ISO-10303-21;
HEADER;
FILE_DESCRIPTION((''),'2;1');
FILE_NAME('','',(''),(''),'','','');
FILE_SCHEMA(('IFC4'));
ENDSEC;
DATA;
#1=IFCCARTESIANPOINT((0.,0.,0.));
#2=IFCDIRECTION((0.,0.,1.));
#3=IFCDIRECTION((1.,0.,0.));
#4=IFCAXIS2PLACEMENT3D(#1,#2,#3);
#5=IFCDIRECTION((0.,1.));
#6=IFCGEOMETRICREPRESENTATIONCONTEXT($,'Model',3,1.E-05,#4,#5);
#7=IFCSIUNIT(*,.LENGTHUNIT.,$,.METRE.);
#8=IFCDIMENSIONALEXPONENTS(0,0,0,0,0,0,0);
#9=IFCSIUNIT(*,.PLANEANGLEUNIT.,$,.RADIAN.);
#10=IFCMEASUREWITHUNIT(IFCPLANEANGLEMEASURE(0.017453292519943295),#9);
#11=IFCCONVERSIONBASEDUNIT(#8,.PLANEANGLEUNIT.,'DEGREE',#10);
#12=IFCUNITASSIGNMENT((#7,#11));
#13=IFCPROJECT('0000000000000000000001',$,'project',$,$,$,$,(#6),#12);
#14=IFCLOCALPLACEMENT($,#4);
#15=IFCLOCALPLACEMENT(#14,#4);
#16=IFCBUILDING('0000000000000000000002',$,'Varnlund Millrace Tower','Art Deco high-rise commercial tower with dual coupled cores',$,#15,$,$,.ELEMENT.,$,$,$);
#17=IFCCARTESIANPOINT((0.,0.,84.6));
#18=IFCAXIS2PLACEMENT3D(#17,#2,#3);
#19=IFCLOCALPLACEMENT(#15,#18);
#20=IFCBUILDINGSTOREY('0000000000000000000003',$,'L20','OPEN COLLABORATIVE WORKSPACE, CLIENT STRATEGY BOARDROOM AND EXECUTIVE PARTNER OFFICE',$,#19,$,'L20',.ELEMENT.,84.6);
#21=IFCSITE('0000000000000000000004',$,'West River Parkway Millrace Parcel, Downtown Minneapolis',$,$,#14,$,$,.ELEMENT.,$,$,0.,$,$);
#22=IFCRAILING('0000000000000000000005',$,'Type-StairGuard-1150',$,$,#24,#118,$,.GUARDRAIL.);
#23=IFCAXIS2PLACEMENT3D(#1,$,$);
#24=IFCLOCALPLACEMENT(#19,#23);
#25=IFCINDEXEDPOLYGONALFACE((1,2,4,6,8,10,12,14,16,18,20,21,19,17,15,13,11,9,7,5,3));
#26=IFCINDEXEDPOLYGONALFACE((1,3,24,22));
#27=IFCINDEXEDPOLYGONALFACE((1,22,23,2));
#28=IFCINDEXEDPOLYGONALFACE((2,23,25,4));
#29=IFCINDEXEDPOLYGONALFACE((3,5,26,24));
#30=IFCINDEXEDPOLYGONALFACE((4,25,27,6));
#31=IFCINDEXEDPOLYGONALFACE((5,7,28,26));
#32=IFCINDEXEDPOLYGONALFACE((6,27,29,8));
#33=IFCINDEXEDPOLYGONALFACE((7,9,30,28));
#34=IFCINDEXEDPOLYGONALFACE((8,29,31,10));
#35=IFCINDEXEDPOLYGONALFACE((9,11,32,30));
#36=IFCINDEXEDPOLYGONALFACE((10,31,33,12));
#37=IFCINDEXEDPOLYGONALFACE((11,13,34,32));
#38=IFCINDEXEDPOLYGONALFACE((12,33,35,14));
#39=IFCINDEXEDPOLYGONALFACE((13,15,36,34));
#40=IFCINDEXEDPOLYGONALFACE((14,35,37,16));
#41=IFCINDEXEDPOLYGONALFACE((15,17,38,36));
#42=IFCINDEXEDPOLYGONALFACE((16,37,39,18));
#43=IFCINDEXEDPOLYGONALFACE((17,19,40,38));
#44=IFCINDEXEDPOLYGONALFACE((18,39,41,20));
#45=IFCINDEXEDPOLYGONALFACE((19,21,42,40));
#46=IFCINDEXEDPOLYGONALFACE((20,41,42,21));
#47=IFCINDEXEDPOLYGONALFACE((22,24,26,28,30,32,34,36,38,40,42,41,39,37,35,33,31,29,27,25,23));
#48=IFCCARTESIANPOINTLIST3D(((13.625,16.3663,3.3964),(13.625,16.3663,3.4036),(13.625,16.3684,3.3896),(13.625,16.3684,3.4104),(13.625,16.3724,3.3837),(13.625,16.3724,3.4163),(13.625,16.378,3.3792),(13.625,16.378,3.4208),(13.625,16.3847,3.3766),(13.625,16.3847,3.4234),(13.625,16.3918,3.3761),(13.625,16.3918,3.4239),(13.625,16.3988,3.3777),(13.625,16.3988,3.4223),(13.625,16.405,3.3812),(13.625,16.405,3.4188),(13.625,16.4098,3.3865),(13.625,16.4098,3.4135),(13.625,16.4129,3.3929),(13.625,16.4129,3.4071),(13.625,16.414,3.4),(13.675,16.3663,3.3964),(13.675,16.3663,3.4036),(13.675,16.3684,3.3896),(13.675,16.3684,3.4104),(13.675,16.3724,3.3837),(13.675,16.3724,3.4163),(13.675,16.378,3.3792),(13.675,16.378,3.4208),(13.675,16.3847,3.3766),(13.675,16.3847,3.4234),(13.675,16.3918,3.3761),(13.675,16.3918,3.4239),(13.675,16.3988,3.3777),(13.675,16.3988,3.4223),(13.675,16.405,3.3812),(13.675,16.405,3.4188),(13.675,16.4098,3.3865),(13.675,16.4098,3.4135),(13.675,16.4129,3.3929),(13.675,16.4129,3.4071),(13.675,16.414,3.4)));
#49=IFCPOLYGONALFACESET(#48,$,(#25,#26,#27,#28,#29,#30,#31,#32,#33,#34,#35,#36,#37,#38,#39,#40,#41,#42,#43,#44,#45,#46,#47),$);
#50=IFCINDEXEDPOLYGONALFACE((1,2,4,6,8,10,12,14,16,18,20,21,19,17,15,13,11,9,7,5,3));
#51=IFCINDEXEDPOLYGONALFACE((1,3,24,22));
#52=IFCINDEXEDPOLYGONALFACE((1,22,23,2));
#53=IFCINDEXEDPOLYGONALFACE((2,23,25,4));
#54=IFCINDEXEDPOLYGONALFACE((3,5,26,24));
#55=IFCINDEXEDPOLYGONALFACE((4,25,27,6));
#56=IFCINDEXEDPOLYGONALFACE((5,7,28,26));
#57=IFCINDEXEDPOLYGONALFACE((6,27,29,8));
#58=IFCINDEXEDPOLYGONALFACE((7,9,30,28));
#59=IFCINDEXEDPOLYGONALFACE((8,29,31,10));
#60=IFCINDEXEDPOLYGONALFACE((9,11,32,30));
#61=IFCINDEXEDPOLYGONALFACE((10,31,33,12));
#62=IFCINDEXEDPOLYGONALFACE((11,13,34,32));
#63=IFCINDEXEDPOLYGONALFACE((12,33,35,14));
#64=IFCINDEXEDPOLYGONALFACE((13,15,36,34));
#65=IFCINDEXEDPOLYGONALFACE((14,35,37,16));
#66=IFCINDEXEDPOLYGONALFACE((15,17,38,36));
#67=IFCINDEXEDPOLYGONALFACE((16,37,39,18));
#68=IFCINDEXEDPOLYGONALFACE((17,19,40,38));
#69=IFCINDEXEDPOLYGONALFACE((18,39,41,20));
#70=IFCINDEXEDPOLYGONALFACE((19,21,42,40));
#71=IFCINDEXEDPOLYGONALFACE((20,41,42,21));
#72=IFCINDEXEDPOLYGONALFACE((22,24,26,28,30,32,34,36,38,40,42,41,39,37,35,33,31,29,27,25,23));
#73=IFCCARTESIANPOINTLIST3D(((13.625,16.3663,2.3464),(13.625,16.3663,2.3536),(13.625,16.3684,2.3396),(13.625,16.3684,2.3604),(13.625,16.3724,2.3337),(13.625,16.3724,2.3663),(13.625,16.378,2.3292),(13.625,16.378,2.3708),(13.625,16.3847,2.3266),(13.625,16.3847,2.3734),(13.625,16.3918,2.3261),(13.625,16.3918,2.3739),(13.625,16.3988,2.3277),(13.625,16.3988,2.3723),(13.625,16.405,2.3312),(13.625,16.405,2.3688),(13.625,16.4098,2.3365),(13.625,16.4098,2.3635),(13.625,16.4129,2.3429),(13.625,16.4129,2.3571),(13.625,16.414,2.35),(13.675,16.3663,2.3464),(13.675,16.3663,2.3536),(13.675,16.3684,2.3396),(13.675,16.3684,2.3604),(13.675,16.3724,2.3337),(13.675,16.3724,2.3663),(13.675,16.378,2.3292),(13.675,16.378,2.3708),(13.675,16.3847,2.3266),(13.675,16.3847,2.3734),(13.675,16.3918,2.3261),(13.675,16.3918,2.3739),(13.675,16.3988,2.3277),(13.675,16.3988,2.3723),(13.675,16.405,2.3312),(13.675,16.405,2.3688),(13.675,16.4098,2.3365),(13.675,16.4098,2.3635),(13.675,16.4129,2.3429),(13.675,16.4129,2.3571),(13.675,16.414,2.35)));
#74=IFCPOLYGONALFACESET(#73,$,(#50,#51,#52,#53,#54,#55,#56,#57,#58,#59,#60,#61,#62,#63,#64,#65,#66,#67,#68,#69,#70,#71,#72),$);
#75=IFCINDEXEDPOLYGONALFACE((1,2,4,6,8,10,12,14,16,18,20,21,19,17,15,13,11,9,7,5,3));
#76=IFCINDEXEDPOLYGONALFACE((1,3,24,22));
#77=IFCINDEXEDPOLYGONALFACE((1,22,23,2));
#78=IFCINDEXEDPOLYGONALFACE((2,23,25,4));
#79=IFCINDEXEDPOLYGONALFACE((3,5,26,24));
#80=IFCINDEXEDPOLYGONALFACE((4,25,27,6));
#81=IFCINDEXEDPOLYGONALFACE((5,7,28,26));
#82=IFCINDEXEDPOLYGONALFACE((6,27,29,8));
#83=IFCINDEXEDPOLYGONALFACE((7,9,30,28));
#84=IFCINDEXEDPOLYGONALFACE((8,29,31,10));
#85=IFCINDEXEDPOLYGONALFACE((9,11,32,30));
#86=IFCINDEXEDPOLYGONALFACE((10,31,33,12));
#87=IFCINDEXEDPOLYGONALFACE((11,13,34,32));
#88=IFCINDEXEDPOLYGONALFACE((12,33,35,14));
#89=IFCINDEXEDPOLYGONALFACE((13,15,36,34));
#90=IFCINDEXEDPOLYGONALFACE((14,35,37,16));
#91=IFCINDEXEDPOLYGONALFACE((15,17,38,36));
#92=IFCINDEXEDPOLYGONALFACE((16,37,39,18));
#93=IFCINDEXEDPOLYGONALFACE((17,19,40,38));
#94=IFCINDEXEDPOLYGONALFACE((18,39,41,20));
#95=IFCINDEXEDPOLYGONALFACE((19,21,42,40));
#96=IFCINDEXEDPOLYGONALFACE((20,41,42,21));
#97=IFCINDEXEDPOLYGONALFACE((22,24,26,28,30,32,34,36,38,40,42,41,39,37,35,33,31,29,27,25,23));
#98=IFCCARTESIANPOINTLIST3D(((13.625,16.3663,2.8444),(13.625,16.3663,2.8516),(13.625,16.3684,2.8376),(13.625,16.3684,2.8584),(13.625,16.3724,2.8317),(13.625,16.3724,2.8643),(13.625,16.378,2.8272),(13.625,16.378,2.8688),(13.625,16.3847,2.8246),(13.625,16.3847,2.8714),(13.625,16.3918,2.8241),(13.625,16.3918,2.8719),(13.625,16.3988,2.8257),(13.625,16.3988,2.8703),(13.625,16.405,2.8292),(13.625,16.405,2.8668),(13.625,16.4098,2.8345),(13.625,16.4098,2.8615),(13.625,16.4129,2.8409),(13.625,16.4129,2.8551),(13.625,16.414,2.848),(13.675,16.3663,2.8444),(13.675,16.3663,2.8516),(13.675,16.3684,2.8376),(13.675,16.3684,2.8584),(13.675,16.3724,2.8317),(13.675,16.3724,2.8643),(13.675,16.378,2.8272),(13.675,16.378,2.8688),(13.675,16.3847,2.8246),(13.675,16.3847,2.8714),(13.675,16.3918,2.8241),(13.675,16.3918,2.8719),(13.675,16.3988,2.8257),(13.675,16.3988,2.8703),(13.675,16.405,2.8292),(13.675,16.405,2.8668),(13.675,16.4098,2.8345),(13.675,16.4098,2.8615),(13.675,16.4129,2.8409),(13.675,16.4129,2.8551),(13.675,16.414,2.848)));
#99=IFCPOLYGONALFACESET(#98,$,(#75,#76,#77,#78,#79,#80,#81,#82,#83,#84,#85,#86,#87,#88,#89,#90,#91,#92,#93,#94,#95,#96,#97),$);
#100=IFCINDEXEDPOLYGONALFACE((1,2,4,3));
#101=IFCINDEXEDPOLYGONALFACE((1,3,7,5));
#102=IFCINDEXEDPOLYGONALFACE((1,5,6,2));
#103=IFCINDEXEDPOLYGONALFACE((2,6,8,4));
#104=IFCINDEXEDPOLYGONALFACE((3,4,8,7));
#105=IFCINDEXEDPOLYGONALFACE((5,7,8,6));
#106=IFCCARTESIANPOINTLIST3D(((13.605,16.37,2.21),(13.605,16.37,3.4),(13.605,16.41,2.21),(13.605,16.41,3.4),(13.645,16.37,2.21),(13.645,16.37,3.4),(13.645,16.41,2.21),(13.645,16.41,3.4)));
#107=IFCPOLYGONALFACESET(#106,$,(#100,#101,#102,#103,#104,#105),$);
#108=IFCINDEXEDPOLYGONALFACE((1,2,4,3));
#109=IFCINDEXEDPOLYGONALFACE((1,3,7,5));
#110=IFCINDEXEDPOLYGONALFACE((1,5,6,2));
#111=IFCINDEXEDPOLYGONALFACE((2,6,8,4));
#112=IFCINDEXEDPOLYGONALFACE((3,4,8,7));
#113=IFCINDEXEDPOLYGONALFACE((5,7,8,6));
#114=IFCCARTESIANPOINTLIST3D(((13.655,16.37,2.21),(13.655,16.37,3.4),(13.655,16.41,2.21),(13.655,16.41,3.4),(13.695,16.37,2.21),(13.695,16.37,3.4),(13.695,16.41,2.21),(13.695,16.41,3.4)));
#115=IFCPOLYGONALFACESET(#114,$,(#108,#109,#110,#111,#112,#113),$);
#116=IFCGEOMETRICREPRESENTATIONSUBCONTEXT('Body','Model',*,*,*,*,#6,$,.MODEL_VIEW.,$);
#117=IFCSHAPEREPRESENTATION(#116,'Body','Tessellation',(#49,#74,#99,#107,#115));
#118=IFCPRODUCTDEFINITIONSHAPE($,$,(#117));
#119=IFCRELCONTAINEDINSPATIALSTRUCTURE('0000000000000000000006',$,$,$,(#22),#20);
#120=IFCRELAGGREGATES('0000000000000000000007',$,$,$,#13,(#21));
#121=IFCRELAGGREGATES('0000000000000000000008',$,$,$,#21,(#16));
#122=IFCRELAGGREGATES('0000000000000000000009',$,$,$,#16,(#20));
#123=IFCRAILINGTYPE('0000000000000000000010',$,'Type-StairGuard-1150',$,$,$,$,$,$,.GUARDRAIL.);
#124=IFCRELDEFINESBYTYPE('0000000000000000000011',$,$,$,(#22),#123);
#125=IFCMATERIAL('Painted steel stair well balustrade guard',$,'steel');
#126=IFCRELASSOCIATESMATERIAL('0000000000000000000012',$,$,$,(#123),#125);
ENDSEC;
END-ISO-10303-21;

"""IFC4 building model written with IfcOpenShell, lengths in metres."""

from ifc_helpers import new_model, entity, si_unit, converted_unit, direction, frame, origin_with_axes, origin_2d_with_axis, place, context, subcontext, project, spatial, rectangle, circle, extrude, material, type_object, element, save


model = new_model("IFC4")

# Units and contexts
model_context = context("Model", 3, precision=1e-05, world=origin_with_axes(), true_north=direction((0.0, 1.0)))
body_context = subcontext(model_context, "Body", "Model", "MODEL_VIEW")
ifc_project = project(units=[si_unit("LENGTHUNIT", "METRE"), converted_unit("PLANEANGLEUNIT", "DEGREE", entity("IfcPlaneAngleMeasure", 0.017453292519943295), si_unit("PLANEANGLEUNIT", "RADIAN"), dimensions=[0, 0, 0, 0, 0, 0, 0])], contexts=[model_context])

# Site, building, storey
site_placement = place(None, origin_with_axes())
site = spatial("IfcSite", under=ifc_project, at=site_placement, Name="West River Parkway Millrace Parcel, Downtown Minneapolis", CompositionType="ELEMENT", RefElevation=0.0)
building_placement = place(site_placement, origin_with_axes())
building = spatial("IfcBuilding", under=site, at=building_placement, Name="Varnlund Millrace Tower", Description="Art Deco high-rise commercial tower with dual coupled cores", CompositionType="ELEMENT")
storey_placement = place(building_placement, frame((0.0, 0.0, 84.6), z_axis=(0.0, 0.0, 1.0), x_axis=(1.0, 0.0, 0.0)))
storey = spatial("IfcBuildingStorey", under=building, at=storey_placement, Name="L20", Description="OPEN COLLABORATIVE WORKSPACE, CLIENT STRATEGY BOARDROOM AND EXECUTIVE PARTNER OFFICE", LongName="L20", CompositionType="ELEMENT", Elevation=84.6)

# Railing
ifc_material_1 = material(Name="Painted steel stair well balustrade guard", Category="steel")
railing_type_1 = type_object("IfcRailingType", Name="Type-StairGuard-1150", PredefinedType="GUARDRAIL", material=ifc_material_1)
railing_1_placement = place(storey_placement, frame((0.0, 0.0, -84.6), z_axis=(0.0, 0.0, 1.0), x_axis=(1.0, 0.0, 0.0)))
element("IfcRailing", 1, at=railing_1_placement, inside=storey, type_object=railing_type_1, Name="Type-StairGuard-1150", PredefinedType="GUARDRAIL", context=body_context, shape_type="SweptSolid", body=[
    extrude(circle(Radius=0.024, at=origin_2d_with_axis()), frame((13.625, 16.39, 88.0), z_axis=(1.0, 0.0, 0.0), x_axis=(0.0, 1.0, 0.0)), (0.0, 0.0, 1.0), 0.05),
    extrude(circle(Radius=0.024, at=origin_2d_with_axis()), frame((13.625, 16.39, 86.95), z_axis=(1.0, 0.0, 0.0), x_axis=(0.0, 1.0, 0.0)), (0.0, 0.0, 1.0), 0.05),
    extrude(circle(Radius=0.024, at=origin_2d_with_axis()), frame((13.625, 16.39, 87.448), z_axis=(1.0, 0.0, 0.0), x_axis=(0.0, 1.0, 0.0)), (0.0, 0.0, 1.0), 0.05),
    extrude(rectangle(XDim=0.04, YDim=0.04, at=origin_2d_with_axis()), frame((13.625, 16.39, 86.81), z_axis=(0.0, 0.0, 1.0), x_axis=(1.0, 0.0, 0.0)), (0.0, 0.0, 1.0), 1.19),
    extrude(rectangle(XDim=0.04, YDim=0.04, at=origin_2d_with_axis()), frame((13.675, 16.39, 86.81), z_axis=(0.0, 0.0, 1.0), x_axis=(1.0, 0.0, 0.0)), (0.0, 0.0, 1.0), 1.19),
])

save(model, "model.ifc")
